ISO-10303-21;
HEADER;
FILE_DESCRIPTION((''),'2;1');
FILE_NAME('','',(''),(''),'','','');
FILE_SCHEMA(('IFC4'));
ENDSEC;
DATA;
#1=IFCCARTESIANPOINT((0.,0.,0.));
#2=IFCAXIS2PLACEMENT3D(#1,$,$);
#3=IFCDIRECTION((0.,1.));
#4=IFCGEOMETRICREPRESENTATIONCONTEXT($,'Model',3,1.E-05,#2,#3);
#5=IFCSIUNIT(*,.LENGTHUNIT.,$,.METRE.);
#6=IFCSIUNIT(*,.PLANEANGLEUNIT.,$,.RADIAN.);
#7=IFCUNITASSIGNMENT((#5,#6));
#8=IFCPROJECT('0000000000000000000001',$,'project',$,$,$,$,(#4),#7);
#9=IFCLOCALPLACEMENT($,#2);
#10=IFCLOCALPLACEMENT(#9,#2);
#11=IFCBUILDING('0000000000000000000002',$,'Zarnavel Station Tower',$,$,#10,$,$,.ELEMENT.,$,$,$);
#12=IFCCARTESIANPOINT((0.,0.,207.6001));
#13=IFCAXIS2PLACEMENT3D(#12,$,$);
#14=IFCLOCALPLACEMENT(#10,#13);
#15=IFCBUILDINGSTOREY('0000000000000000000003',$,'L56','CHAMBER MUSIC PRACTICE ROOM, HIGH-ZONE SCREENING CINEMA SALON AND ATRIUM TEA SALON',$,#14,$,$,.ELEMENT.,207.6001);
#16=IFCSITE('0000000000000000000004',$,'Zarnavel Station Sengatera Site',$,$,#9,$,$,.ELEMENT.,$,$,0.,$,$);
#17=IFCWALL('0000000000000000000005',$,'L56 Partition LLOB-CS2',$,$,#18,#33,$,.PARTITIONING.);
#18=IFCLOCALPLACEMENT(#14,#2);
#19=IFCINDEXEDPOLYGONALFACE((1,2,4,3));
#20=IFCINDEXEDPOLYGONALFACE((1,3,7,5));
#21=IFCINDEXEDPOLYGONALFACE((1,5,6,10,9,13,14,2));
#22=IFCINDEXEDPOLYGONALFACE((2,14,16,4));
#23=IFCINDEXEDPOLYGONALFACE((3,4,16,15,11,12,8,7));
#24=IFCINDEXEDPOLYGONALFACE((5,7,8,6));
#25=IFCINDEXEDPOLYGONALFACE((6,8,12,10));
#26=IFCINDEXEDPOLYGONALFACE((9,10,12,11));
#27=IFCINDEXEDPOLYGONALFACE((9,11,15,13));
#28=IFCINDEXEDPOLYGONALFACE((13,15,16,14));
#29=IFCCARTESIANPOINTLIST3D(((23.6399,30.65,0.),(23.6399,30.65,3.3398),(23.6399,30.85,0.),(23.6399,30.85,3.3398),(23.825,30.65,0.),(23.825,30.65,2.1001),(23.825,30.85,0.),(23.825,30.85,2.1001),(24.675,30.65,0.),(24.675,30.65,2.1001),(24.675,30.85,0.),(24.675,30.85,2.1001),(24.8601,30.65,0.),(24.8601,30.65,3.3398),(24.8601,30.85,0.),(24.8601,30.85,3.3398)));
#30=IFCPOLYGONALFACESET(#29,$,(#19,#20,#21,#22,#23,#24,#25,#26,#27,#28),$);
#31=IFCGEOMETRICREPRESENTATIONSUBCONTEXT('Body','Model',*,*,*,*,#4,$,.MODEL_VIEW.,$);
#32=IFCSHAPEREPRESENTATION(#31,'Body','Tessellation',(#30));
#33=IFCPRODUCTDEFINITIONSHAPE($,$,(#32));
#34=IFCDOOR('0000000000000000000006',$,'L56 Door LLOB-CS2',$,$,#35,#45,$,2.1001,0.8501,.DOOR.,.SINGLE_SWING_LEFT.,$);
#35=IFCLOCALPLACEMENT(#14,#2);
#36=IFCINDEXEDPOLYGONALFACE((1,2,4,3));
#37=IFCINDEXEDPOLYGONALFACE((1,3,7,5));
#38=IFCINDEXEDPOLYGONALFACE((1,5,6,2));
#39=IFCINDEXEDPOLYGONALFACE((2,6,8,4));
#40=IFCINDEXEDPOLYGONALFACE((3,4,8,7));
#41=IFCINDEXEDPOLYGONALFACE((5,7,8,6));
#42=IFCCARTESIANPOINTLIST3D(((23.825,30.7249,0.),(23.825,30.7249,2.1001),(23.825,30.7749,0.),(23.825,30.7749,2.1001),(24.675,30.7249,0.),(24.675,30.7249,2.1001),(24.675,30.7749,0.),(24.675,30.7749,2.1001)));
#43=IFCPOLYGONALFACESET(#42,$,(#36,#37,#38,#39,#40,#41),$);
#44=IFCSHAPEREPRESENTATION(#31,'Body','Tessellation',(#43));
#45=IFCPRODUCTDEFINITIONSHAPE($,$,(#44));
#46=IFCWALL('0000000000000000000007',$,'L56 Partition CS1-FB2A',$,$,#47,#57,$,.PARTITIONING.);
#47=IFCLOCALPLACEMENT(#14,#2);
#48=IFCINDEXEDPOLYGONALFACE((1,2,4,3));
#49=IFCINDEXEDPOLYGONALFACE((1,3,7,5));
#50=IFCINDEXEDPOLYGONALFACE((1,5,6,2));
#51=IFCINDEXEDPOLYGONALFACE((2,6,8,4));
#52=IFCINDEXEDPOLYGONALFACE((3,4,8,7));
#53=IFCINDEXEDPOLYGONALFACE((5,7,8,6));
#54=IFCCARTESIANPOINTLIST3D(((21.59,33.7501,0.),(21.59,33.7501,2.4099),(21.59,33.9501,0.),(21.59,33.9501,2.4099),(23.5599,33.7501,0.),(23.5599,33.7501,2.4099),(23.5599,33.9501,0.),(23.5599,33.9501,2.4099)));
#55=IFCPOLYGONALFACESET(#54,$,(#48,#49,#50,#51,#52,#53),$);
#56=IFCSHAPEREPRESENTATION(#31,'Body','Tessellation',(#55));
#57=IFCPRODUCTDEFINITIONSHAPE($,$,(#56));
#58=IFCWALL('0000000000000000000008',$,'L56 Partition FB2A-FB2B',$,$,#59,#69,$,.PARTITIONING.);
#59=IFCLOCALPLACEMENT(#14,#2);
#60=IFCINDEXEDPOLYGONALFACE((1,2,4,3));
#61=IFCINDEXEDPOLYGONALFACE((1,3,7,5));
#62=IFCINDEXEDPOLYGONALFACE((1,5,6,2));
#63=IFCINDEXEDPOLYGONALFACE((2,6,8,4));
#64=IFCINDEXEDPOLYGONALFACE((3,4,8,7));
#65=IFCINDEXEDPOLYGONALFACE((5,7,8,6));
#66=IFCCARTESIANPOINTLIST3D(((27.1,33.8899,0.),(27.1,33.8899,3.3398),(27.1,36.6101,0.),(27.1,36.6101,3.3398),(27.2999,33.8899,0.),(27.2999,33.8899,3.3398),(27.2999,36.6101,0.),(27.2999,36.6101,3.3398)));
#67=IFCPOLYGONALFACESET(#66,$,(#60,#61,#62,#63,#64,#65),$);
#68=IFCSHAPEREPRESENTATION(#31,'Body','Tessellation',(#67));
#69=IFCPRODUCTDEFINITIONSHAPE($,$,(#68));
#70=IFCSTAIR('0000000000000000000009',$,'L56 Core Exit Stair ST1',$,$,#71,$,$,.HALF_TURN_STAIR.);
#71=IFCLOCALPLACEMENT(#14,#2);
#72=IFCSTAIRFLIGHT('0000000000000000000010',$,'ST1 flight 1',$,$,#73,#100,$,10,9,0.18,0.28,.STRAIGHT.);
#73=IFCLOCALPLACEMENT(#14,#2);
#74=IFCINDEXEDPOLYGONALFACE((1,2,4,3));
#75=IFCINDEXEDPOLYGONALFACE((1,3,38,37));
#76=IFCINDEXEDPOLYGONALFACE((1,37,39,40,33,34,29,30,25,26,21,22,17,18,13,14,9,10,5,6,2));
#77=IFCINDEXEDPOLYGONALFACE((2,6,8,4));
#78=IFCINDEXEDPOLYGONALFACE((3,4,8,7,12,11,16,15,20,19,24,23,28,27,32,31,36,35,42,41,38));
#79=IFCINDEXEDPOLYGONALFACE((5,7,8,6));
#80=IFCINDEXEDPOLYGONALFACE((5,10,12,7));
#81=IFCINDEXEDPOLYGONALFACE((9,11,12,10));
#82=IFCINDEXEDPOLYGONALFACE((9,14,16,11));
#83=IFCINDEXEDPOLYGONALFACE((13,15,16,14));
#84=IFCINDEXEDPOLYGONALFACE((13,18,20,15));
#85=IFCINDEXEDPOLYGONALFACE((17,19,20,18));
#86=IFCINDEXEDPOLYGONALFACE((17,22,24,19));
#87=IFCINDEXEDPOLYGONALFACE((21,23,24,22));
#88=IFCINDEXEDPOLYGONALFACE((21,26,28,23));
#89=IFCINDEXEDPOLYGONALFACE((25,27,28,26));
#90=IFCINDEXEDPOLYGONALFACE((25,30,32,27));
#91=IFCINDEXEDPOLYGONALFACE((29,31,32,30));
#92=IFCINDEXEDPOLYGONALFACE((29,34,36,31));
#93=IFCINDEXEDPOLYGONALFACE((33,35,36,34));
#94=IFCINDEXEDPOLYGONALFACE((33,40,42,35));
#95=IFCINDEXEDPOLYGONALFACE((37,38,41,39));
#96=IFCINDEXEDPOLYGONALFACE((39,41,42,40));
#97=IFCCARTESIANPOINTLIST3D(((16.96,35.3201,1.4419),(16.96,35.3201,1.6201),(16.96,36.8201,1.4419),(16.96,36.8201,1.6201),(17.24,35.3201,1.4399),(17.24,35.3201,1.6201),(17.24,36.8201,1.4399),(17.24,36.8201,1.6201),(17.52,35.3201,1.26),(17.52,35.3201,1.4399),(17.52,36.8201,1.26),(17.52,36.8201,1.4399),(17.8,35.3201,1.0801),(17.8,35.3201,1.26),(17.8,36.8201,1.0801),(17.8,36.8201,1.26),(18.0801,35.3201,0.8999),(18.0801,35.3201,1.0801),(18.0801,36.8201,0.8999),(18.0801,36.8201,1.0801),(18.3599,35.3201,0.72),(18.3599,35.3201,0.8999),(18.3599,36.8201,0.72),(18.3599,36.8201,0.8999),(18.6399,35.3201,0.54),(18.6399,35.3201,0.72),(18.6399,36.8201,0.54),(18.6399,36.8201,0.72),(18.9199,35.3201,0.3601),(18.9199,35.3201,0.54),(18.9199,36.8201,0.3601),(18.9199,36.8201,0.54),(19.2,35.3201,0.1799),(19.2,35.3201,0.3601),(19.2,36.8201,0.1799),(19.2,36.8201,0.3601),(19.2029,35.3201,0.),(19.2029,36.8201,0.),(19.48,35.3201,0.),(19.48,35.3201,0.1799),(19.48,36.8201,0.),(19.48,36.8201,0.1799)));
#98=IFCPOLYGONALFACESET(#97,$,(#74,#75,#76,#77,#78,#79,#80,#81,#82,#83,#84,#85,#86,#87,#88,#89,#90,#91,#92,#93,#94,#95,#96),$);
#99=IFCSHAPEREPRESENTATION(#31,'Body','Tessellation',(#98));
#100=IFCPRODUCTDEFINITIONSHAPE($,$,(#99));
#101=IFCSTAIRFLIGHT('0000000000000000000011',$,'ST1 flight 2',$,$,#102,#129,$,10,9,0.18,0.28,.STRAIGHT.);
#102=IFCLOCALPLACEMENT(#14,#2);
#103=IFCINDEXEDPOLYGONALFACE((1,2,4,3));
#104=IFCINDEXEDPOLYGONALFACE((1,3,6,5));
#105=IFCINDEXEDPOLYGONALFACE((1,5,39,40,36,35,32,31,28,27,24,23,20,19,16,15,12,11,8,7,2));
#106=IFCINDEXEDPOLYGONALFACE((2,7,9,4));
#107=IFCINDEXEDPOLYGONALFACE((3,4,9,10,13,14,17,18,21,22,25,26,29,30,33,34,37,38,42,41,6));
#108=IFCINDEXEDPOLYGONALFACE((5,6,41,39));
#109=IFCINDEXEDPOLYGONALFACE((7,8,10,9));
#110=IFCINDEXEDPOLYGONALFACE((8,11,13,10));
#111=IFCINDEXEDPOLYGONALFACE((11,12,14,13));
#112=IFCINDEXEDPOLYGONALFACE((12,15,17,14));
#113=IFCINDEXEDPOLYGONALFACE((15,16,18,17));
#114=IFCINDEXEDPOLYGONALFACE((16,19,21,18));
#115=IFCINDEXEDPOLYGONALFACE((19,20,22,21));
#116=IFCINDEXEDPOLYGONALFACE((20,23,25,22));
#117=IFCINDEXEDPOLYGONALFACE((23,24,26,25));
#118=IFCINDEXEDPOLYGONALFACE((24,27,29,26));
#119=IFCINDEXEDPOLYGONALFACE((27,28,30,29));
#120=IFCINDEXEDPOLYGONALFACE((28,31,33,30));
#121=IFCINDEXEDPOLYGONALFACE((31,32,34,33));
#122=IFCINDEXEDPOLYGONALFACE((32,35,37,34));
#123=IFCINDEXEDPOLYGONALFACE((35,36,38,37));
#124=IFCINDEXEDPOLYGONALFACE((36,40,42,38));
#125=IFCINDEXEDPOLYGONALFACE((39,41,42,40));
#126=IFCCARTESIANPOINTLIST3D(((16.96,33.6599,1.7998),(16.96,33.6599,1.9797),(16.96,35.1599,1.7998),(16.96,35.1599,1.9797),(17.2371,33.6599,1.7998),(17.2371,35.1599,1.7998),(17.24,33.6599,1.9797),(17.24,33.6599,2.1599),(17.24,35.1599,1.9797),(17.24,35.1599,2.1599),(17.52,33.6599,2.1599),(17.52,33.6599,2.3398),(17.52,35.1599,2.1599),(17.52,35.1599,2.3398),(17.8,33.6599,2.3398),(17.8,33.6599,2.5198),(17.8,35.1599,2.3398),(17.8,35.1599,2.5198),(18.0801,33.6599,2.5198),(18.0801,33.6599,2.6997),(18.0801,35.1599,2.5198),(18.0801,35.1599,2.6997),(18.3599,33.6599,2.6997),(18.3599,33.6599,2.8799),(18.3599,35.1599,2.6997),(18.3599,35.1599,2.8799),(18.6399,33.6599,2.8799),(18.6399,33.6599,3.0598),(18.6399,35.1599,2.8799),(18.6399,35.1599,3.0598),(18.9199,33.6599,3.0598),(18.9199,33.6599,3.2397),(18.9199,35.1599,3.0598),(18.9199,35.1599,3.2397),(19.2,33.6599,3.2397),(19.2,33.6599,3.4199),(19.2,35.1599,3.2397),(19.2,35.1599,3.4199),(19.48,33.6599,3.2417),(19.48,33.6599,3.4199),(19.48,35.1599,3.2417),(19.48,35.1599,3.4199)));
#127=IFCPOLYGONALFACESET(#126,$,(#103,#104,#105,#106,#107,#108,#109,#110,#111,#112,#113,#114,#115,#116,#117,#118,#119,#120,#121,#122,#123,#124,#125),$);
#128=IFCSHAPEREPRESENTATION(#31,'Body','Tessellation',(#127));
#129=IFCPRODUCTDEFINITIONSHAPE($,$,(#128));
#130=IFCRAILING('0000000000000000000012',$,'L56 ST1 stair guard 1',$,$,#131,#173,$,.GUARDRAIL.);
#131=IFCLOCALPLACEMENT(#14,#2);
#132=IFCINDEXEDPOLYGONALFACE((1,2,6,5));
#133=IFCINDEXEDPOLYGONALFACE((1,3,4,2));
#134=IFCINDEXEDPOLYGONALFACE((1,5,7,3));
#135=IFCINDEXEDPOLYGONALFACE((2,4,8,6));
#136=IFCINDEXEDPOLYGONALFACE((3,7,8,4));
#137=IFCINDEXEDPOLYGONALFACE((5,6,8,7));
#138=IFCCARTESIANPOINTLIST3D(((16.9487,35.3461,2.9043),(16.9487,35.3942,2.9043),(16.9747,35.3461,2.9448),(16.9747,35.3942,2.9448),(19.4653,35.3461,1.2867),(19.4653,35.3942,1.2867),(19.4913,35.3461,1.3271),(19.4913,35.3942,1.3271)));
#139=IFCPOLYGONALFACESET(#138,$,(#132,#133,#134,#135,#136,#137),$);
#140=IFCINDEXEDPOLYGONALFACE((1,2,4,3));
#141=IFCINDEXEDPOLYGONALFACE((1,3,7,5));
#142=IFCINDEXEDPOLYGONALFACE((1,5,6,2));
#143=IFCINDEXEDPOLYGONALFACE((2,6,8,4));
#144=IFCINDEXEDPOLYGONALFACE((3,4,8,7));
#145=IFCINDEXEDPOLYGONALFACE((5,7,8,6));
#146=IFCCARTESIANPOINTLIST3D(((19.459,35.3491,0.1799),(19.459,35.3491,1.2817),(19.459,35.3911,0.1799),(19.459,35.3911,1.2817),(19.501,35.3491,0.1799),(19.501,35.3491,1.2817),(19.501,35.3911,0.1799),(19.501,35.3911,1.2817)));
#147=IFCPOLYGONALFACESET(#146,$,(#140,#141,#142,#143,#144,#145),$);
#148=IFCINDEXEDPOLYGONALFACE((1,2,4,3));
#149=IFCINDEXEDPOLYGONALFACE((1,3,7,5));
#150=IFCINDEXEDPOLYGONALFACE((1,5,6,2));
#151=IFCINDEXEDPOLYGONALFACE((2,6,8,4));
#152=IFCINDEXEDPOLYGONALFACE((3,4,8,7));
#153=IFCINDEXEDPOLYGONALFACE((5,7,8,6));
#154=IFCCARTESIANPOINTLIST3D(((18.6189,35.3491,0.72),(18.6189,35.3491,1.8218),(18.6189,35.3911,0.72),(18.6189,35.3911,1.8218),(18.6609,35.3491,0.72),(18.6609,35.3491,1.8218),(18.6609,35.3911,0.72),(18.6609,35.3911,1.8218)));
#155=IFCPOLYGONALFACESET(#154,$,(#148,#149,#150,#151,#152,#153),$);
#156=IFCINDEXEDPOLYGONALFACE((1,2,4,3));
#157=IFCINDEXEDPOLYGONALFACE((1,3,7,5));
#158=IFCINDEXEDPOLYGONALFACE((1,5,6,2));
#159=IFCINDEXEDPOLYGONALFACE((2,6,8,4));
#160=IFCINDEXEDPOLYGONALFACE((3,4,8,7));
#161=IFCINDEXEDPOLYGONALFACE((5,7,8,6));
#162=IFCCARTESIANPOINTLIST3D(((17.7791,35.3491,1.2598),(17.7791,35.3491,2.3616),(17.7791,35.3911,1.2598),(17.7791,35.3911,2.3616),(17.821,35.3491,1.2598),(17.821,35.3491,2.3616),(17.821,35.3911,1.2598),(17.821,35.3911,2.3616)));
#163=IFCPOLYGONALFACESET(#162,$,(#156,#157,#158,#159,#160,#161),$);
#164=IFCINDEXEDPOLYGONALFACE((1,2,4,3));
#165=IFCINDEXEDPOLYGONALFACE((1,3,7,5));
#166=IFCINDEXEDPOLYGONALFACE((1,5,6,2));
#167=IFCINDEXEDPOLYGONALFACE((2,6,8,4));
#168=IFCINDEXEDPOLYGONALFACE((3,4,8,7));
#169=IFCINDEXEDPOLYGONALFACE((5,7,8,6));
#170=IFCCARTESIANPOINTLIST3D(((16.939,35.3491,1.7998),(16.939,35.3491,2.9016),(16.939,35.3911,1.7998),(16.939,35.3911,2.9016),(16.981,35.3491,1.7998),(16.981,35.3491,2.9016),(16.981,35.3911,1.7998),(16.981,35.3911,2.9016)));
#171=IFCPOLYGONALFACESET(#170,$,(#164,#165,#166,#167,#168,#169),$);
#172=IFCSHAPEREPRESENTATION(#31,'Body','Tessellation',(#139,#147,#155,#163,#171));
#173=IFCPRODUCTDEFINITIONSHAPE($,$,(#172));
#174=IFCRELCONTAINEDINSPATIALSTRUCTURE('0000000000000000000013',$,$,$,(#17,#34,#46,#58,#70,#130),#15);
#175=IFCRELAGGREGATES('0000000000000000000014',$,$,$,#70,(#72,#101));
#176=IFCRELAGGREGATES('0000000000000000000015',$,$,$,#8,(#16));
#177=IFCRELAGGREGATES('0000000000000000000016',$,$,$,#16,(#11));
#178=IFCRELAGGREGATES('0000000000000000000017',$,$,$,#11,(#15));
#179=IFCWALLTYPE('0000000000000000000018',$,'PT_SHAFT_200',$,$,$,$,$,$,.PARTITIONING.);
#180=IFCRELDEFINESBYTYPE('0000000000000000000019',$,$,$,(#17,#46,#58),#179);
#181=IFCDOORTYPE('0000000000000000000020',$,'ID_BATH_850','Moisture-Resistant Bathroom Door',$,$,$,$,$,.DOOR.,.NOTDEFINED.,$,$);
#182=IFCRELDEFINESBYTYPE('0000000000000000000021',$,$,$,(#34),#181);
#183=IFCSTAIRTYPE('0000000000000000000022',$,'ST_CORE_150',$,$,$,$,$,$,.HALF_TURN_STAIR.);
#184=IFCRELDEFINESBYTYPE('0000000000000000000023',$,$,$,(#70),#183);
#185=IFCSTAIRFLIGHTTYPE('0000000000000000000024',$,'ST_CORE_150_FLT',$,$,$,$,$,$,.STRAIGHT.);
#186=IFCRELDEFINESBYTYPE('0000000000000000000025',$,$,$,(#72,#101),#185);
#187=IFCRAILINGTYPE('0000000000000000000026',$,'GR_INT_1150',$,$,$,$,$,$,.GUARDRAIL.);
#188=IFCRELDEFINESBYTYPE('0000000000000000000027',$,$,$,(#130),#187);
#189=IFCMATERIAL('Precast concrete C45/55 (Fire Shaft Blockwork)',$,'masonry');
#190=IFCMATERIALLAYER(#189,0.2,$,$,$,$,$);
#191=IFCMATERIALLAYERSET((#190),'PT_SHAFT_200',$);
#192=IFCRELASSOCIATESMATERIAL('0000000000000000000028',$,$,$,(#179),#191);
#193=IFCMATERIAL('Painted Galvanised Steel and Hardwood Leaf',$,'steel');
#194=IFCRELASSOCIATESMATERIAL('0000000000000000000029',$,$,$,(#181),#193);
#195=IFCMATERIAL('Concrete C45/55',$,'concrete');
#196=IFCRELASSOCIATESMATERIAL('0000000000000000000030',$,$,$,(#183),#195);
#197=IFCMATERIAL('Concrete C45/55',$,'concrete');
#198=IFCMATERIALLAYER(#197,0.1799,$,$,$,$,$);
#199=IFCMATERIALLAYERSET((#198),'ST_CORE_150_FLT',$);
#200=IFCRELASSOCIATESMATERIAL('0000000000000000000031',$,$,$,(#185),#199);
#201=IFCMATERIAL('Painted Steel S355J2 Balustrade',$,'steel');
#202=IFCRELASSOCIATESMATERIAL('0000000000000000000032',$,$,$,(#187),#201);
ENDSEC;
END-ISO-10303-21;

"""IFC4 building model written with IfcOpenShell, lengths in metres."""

from ifc_helpers import new_model, si_unit, direction, frame, frame_2d, origin, origin_2d, place, context, subcontext, project, spatial, polyline, rectangle, outline, extrude, material, layer, layer_set, type_object, element, fill, aggregate, save


model = new_model("IFC4")

# Units and contexts
model_context = context("Model", 3, precision=1e-05, world=origin(), true_north=direction((0.0, 1.0)))
body_context = subcontext(model_context, "Body", "Model", "MODEL_VIEW")
ifc_project = project(units=[si_unit("LENGTHUNIT", "METRE"), si_unit("PLANEANGLEUNIT", "RADIAN")], contexts=[model_context])

# Site, building, storey
site_placement = place(None, origin())
site = spatial("IfcSite", under=ifc_project, at=site_placement, Name="Zarnavel Station Sengatera Site", CompositionType="ELEMENT", RefElevation=0.0)
building_placement = place(site_placement, origin())
building = spatial("IfcBuilding", under=site, at=building_placement, Name="Zarnavel Station Tower", CompositionType="ELEMENT")
storey_placement = place(building_placement, frame((0.0, 0.0, 207.6001)))
storey = spatial("IfcBuildingStorey", under=building, at=storey_placement, Name="L56", Description="CHAMBER MUSIC PRACTICE ROOM, HIGH-ZONE SCREENING CINEMA SALON AND ATRIUM TEA SALON", CompositionType="ELEMENT", Elevation=207.6001)

# Wall, opening, door
ifc_material_1 = material(Name="Precast concrete C45/55 (Fire Shaft Blockwork)", Category="masonry")
ifc_layer_1 = layer(ifc_material_1, 0.2)
ifc_layer_set_1 = layer_set([ifc_layer_1], Name="PT_SHAFT_200")
wall_type_1 = type_object("IfcWallType", Name="PT_SHAFT_200", PredefinedType="PARTITIONING", material=ifc_layer_set_1)
wall_1_placement = place(storey_placement, frame((23.6399, 30.75, 0.0), z_axis=(0.0, 0.0, 1.0), x_axis=(1.0, 0.0, 0.0)))
wall_1 = element("IfcWall", 1, at=wall_1_placement, inside=storey, type_object=wall_type_1, Name="L56 Partition LLOB-CS2", PredefinedType="PARTITIONING", context=body_context, shape_type="SweptSolid", body=[
    extrude(rectangle(XDim=1.2202, YDim=0.2, at=frame_2d((0.6101, 0.0))), origin(), (0.0, 0.0, 1.0), 3.3398),
])
opening_1_placement = place(wall_1_placement, frame((0.1851, 0.0, 0.0)))
opening_1 = element("IfcOpeningElement", 2, at=opening_1_placement, cuts=wall_1, PredefinedType="OPENING", context=body_context, shape_type="SweptSolid", body=[
    extrude(rectangle(XDim=0.8501, YDim=2.1001, at=frame_2d((0.425, 1.05))), frame((0.0, 0.1099, 0.0), z_axis=(0.0, -1.0, 0.0), x_axis=(1.0, 0.0, 0.0)), (0.0, 0.0, 1.0), 0.22),
])
ifc_material_2 = material(Name="Painted Galvanised Steel and Hardwood Leaf", Category="steel")
door_type_1 = type_object("IfcDoorType", Name="ID_BATH_850", Description="Moisture-Resistant Bathroom Door", OperationType="NOTDEFINED", PredefinedType="DOOR", material=ifc_material_2)
door_1_placement = place(opening_1_placement, origin())
door_1 = element("IfcDoor", 3, at=door_1_placement, inside=storey, type_object=door_type_1, Name="L56 Door LLOB-CS2", OperationType="SINGLE_SWING_LEFT", OverallHeight=2.1001, OverallWidth=0.8501, PredefinedType="DOOR", context=body_context, shape_type="SweptSolid", body=[
    extrude(rectangle(XDim=0.8501, YDim=2.1001, at=frame_2d((0.425, 1.05))), frame((0.0, 0.0249, 0.0), z_axis=(0.0, -1.0, 0.0), x_axis=(1.0, 0.0, 0.0)), (0.0, 0.0, 1.0), 0.05),
])
fill(opening_1, door_1)

# Walls
wall_2_placement = place(storey_placement, frame((21.5901, 33.8501, 0.0), z_axis=(0.0, 0.0, 1.0), x_axis=(1.0, 0.0, 0.0)))
element("IfcWall", 4, at=wall_2_placement, inside=storey, type_object=wall_type_1, Name="L56 Partition CS1-FB2A", PredefinedType="PARTITIONING", context=body_context, shape_type="SweptSolid", body=[
    extrude(rectangle(XDim=1.97, YDim=0.2, at=frame_2d((0.9849, 0.0))), origin(), (0.0, 0.0, 1.0), 2.4099),
])
wall_3_placement = place(storey_placement, frame((27.2, 33.8899, 0.0), z_axis=(0.0, 0.0, 1.0), x_axis=(0.0, 1.0, 0.0)))
element("IfcWall", 5, at=wall_3_placement, inside=storey, type_object=wall_type_1, Name="L56 Partition FB2A-FB2B", PredefinedType="PARTITIONING", context=body_context, shape_type="SweptSolid", body=[
    extrude(rectangle(XDim=2.7202, YDim=0.2, at=frame_2d((1.3601, 0.0))), origin(), (0.0, 0.0, 1.0), 3.3398),
])

# Stair, stair flights
ifc_material_3 = material(Name="Concrete C45/55", Category="concrete")
stair_type = type_object("IfcStairType", Name="ST_CORE_150", PredefinedType="HALF_TURN_STAIR", material=ifc_material_3)
stair_placement = place(storey_placement, origin())
stair = element("IfcStair", 6, at=stair_placement, inside=storey, type_object=stair_type, Name="L56 Core Exit Stair ST1", PredefinedType="HALF_TURN_STAIR")
ifc_material_4 = material(Name="Concrete C45/55", Category="concrete")
ifc_layer_2 = layer(ifc_material_4, 0.1799)
ifc_layer_set_2 = layer_set([ifc_layer_2], Name="ST_CORE_150_FLT")
stair_flight_type = type_object("IfcStairFlightType", Name="ST_CORE_150_FLT", PredefinedType="STRAIGHT", material=ifc_layer_set_2)
stair_flight_1_placement = place(storey_placement, frame((19.48, 36.0701, 0.0), z_axis=(0.0, 0.0, 1.0), x_axis=(-1.0, 0.0, 0.0)))
stair_flight_1 = element("IfcStairFlight", 7, at=stair_flight_1_placement, type_object=stair_flight_type, Name="ST1 flight 1", NumberOfRisers=10, NumberOfTreads=9, PredefinedType="STRAIGHT", RiserHeight=0.18, TreadLength=0.28, context=body_context, shape_type="SweptSolid", body=[
    extrude(outline(polyline([(0.0, 0.0), (0.0, 0.1799), (0.28, 0.1799), (0.28, 0.3601), (0.5601, 0.3601), (0.5601, 0.54), (0.8401, 0.54), (0.8401, 0.72), (1.1201, 0.72), (1.1201, 0.8999), (1.3999, 0.8999), (1.3999, 1.0801), (1.6799, 1.0801), (1.6799, 1.26), (1.96, 1.26), (1.96, 1.4399), (2.24, 1.4399), (2.24, 1.6201), (2.52, 1.6201), (2.52, 1.8), (2.52, 1.4419), (0.2771, 0.0), (0.0, 0.0)])), frame((0.0, 0.75, 0.0), z_axis=(0.0, -1.0, 0.0), x_axis=(1.0, 0.0, 0.0)), (0.0, 0.0, 1.0), 1.5),
])
stair_flight_2_placement = place(storey_placement, frame((16.96, 34.4099, 1.7998), z_axis=(0.0, 0.0, 1.0), x_axis=(1.0, 0.0, 0.0)))
stair_flight_2 = element("IfcStairFlight", 8, at=stair_flight_2_placement, type_object=stair_flight_type, Name="ST1 flight 2", NumberOfRisers=10, NumberOfTreads=9, PredefinedType="STRAIGHT", RiserHeight=0.18, TreadLength=0.28, context=body_context, shape_type="SweptSolid", body=[
    extrude(outline(polyline([(0.0, 0.0), (0.0, 0.1799), (0.28, 0.1799), (0.28, 0.3601), (0.5601, 0.3601), (0.5601, 0.54), (0.8401, 0.54), (0.8401, 0.72), (1.1201, 0.72), (1.1201, 0.8999), (1.3999, 0.8999), (1.3999, 1.0801), (1.6799, 1.0801), (1.6799, 1.26), (1.96, 1.26), (1.96, 1.4399), (2.24, 1.4399), (2.24, 1.6201), (2.52, 1.6201), (2.52, 1.8), (2.52, 1.4419), (0.2771, 0.0), (0.0, 0.0)])), frame((0.0, 0.75, 0.0), z_axis=(0.0, -1.0, 0.0), x_axis=(1.0, 0.0, 0.0)), (0.0, 0.0, 1.0), 1.5),
])
aggregate(stair, [stair_flight_1, stair_flight_2])

# Railing
ifc_material_5 = material(Name="Painted Steel S355J2 Balustrade", Category="steel")
railing_type_1 = type_object("IfcRailingType", Name="GR_INT_1150", PredefinedType="GUARDRAIL", material=ifc_material_5)
railing_1_placement = place(storey_placement, frame((19.48, 35.3701, 0.1799)))
element("IfcRailing", 9, at=railing_1_placement, inside=storey, type_object=railing_type_1, Name="L56 ST1 stair guard 1", PredefinedType="GUARDRAIL", context=body_context, shape_type="SweptSolid", body=[
    extrude(rectangle(XDim=0.0481, YDim=0.0481, at=origin_2d()), frame((-0.0017, 0.0, 1.127), z_axis=(-0.8412, 0.0, 0.540725), x_axis=(0.0, -1.0, 0.0)), (0.0, 0.0, 1.0), 2.9917),
    extrude(rectangle(XDim=0.042, YDim=0.042, at=origin_2d()), origin(), (0.0, 0.0, 1.0), 1.1018),
    extrude(rectangle(XDim=0.042, YDim=0.042, at=origin_2d()), frame((-0.8401, 0.0, 0.54)), (0.0, 0.0, 1.0), 1.1018),
    extrude(rectangle(XDim=0.042, YDim=0.042, at=origin_2d()), frame((-1.6799, 0.0, 1.0798)), (0.0, 0.0, 1.0), 1.1018),
    extrude(rectangle(XDim=0.042, YDim=0.042, at=origin_2d()), frame((-2.52, 0.0, 1.6199)), (0.0, 0.0, 1.0), 1.1018),
])

save(model, "model.ifc")
